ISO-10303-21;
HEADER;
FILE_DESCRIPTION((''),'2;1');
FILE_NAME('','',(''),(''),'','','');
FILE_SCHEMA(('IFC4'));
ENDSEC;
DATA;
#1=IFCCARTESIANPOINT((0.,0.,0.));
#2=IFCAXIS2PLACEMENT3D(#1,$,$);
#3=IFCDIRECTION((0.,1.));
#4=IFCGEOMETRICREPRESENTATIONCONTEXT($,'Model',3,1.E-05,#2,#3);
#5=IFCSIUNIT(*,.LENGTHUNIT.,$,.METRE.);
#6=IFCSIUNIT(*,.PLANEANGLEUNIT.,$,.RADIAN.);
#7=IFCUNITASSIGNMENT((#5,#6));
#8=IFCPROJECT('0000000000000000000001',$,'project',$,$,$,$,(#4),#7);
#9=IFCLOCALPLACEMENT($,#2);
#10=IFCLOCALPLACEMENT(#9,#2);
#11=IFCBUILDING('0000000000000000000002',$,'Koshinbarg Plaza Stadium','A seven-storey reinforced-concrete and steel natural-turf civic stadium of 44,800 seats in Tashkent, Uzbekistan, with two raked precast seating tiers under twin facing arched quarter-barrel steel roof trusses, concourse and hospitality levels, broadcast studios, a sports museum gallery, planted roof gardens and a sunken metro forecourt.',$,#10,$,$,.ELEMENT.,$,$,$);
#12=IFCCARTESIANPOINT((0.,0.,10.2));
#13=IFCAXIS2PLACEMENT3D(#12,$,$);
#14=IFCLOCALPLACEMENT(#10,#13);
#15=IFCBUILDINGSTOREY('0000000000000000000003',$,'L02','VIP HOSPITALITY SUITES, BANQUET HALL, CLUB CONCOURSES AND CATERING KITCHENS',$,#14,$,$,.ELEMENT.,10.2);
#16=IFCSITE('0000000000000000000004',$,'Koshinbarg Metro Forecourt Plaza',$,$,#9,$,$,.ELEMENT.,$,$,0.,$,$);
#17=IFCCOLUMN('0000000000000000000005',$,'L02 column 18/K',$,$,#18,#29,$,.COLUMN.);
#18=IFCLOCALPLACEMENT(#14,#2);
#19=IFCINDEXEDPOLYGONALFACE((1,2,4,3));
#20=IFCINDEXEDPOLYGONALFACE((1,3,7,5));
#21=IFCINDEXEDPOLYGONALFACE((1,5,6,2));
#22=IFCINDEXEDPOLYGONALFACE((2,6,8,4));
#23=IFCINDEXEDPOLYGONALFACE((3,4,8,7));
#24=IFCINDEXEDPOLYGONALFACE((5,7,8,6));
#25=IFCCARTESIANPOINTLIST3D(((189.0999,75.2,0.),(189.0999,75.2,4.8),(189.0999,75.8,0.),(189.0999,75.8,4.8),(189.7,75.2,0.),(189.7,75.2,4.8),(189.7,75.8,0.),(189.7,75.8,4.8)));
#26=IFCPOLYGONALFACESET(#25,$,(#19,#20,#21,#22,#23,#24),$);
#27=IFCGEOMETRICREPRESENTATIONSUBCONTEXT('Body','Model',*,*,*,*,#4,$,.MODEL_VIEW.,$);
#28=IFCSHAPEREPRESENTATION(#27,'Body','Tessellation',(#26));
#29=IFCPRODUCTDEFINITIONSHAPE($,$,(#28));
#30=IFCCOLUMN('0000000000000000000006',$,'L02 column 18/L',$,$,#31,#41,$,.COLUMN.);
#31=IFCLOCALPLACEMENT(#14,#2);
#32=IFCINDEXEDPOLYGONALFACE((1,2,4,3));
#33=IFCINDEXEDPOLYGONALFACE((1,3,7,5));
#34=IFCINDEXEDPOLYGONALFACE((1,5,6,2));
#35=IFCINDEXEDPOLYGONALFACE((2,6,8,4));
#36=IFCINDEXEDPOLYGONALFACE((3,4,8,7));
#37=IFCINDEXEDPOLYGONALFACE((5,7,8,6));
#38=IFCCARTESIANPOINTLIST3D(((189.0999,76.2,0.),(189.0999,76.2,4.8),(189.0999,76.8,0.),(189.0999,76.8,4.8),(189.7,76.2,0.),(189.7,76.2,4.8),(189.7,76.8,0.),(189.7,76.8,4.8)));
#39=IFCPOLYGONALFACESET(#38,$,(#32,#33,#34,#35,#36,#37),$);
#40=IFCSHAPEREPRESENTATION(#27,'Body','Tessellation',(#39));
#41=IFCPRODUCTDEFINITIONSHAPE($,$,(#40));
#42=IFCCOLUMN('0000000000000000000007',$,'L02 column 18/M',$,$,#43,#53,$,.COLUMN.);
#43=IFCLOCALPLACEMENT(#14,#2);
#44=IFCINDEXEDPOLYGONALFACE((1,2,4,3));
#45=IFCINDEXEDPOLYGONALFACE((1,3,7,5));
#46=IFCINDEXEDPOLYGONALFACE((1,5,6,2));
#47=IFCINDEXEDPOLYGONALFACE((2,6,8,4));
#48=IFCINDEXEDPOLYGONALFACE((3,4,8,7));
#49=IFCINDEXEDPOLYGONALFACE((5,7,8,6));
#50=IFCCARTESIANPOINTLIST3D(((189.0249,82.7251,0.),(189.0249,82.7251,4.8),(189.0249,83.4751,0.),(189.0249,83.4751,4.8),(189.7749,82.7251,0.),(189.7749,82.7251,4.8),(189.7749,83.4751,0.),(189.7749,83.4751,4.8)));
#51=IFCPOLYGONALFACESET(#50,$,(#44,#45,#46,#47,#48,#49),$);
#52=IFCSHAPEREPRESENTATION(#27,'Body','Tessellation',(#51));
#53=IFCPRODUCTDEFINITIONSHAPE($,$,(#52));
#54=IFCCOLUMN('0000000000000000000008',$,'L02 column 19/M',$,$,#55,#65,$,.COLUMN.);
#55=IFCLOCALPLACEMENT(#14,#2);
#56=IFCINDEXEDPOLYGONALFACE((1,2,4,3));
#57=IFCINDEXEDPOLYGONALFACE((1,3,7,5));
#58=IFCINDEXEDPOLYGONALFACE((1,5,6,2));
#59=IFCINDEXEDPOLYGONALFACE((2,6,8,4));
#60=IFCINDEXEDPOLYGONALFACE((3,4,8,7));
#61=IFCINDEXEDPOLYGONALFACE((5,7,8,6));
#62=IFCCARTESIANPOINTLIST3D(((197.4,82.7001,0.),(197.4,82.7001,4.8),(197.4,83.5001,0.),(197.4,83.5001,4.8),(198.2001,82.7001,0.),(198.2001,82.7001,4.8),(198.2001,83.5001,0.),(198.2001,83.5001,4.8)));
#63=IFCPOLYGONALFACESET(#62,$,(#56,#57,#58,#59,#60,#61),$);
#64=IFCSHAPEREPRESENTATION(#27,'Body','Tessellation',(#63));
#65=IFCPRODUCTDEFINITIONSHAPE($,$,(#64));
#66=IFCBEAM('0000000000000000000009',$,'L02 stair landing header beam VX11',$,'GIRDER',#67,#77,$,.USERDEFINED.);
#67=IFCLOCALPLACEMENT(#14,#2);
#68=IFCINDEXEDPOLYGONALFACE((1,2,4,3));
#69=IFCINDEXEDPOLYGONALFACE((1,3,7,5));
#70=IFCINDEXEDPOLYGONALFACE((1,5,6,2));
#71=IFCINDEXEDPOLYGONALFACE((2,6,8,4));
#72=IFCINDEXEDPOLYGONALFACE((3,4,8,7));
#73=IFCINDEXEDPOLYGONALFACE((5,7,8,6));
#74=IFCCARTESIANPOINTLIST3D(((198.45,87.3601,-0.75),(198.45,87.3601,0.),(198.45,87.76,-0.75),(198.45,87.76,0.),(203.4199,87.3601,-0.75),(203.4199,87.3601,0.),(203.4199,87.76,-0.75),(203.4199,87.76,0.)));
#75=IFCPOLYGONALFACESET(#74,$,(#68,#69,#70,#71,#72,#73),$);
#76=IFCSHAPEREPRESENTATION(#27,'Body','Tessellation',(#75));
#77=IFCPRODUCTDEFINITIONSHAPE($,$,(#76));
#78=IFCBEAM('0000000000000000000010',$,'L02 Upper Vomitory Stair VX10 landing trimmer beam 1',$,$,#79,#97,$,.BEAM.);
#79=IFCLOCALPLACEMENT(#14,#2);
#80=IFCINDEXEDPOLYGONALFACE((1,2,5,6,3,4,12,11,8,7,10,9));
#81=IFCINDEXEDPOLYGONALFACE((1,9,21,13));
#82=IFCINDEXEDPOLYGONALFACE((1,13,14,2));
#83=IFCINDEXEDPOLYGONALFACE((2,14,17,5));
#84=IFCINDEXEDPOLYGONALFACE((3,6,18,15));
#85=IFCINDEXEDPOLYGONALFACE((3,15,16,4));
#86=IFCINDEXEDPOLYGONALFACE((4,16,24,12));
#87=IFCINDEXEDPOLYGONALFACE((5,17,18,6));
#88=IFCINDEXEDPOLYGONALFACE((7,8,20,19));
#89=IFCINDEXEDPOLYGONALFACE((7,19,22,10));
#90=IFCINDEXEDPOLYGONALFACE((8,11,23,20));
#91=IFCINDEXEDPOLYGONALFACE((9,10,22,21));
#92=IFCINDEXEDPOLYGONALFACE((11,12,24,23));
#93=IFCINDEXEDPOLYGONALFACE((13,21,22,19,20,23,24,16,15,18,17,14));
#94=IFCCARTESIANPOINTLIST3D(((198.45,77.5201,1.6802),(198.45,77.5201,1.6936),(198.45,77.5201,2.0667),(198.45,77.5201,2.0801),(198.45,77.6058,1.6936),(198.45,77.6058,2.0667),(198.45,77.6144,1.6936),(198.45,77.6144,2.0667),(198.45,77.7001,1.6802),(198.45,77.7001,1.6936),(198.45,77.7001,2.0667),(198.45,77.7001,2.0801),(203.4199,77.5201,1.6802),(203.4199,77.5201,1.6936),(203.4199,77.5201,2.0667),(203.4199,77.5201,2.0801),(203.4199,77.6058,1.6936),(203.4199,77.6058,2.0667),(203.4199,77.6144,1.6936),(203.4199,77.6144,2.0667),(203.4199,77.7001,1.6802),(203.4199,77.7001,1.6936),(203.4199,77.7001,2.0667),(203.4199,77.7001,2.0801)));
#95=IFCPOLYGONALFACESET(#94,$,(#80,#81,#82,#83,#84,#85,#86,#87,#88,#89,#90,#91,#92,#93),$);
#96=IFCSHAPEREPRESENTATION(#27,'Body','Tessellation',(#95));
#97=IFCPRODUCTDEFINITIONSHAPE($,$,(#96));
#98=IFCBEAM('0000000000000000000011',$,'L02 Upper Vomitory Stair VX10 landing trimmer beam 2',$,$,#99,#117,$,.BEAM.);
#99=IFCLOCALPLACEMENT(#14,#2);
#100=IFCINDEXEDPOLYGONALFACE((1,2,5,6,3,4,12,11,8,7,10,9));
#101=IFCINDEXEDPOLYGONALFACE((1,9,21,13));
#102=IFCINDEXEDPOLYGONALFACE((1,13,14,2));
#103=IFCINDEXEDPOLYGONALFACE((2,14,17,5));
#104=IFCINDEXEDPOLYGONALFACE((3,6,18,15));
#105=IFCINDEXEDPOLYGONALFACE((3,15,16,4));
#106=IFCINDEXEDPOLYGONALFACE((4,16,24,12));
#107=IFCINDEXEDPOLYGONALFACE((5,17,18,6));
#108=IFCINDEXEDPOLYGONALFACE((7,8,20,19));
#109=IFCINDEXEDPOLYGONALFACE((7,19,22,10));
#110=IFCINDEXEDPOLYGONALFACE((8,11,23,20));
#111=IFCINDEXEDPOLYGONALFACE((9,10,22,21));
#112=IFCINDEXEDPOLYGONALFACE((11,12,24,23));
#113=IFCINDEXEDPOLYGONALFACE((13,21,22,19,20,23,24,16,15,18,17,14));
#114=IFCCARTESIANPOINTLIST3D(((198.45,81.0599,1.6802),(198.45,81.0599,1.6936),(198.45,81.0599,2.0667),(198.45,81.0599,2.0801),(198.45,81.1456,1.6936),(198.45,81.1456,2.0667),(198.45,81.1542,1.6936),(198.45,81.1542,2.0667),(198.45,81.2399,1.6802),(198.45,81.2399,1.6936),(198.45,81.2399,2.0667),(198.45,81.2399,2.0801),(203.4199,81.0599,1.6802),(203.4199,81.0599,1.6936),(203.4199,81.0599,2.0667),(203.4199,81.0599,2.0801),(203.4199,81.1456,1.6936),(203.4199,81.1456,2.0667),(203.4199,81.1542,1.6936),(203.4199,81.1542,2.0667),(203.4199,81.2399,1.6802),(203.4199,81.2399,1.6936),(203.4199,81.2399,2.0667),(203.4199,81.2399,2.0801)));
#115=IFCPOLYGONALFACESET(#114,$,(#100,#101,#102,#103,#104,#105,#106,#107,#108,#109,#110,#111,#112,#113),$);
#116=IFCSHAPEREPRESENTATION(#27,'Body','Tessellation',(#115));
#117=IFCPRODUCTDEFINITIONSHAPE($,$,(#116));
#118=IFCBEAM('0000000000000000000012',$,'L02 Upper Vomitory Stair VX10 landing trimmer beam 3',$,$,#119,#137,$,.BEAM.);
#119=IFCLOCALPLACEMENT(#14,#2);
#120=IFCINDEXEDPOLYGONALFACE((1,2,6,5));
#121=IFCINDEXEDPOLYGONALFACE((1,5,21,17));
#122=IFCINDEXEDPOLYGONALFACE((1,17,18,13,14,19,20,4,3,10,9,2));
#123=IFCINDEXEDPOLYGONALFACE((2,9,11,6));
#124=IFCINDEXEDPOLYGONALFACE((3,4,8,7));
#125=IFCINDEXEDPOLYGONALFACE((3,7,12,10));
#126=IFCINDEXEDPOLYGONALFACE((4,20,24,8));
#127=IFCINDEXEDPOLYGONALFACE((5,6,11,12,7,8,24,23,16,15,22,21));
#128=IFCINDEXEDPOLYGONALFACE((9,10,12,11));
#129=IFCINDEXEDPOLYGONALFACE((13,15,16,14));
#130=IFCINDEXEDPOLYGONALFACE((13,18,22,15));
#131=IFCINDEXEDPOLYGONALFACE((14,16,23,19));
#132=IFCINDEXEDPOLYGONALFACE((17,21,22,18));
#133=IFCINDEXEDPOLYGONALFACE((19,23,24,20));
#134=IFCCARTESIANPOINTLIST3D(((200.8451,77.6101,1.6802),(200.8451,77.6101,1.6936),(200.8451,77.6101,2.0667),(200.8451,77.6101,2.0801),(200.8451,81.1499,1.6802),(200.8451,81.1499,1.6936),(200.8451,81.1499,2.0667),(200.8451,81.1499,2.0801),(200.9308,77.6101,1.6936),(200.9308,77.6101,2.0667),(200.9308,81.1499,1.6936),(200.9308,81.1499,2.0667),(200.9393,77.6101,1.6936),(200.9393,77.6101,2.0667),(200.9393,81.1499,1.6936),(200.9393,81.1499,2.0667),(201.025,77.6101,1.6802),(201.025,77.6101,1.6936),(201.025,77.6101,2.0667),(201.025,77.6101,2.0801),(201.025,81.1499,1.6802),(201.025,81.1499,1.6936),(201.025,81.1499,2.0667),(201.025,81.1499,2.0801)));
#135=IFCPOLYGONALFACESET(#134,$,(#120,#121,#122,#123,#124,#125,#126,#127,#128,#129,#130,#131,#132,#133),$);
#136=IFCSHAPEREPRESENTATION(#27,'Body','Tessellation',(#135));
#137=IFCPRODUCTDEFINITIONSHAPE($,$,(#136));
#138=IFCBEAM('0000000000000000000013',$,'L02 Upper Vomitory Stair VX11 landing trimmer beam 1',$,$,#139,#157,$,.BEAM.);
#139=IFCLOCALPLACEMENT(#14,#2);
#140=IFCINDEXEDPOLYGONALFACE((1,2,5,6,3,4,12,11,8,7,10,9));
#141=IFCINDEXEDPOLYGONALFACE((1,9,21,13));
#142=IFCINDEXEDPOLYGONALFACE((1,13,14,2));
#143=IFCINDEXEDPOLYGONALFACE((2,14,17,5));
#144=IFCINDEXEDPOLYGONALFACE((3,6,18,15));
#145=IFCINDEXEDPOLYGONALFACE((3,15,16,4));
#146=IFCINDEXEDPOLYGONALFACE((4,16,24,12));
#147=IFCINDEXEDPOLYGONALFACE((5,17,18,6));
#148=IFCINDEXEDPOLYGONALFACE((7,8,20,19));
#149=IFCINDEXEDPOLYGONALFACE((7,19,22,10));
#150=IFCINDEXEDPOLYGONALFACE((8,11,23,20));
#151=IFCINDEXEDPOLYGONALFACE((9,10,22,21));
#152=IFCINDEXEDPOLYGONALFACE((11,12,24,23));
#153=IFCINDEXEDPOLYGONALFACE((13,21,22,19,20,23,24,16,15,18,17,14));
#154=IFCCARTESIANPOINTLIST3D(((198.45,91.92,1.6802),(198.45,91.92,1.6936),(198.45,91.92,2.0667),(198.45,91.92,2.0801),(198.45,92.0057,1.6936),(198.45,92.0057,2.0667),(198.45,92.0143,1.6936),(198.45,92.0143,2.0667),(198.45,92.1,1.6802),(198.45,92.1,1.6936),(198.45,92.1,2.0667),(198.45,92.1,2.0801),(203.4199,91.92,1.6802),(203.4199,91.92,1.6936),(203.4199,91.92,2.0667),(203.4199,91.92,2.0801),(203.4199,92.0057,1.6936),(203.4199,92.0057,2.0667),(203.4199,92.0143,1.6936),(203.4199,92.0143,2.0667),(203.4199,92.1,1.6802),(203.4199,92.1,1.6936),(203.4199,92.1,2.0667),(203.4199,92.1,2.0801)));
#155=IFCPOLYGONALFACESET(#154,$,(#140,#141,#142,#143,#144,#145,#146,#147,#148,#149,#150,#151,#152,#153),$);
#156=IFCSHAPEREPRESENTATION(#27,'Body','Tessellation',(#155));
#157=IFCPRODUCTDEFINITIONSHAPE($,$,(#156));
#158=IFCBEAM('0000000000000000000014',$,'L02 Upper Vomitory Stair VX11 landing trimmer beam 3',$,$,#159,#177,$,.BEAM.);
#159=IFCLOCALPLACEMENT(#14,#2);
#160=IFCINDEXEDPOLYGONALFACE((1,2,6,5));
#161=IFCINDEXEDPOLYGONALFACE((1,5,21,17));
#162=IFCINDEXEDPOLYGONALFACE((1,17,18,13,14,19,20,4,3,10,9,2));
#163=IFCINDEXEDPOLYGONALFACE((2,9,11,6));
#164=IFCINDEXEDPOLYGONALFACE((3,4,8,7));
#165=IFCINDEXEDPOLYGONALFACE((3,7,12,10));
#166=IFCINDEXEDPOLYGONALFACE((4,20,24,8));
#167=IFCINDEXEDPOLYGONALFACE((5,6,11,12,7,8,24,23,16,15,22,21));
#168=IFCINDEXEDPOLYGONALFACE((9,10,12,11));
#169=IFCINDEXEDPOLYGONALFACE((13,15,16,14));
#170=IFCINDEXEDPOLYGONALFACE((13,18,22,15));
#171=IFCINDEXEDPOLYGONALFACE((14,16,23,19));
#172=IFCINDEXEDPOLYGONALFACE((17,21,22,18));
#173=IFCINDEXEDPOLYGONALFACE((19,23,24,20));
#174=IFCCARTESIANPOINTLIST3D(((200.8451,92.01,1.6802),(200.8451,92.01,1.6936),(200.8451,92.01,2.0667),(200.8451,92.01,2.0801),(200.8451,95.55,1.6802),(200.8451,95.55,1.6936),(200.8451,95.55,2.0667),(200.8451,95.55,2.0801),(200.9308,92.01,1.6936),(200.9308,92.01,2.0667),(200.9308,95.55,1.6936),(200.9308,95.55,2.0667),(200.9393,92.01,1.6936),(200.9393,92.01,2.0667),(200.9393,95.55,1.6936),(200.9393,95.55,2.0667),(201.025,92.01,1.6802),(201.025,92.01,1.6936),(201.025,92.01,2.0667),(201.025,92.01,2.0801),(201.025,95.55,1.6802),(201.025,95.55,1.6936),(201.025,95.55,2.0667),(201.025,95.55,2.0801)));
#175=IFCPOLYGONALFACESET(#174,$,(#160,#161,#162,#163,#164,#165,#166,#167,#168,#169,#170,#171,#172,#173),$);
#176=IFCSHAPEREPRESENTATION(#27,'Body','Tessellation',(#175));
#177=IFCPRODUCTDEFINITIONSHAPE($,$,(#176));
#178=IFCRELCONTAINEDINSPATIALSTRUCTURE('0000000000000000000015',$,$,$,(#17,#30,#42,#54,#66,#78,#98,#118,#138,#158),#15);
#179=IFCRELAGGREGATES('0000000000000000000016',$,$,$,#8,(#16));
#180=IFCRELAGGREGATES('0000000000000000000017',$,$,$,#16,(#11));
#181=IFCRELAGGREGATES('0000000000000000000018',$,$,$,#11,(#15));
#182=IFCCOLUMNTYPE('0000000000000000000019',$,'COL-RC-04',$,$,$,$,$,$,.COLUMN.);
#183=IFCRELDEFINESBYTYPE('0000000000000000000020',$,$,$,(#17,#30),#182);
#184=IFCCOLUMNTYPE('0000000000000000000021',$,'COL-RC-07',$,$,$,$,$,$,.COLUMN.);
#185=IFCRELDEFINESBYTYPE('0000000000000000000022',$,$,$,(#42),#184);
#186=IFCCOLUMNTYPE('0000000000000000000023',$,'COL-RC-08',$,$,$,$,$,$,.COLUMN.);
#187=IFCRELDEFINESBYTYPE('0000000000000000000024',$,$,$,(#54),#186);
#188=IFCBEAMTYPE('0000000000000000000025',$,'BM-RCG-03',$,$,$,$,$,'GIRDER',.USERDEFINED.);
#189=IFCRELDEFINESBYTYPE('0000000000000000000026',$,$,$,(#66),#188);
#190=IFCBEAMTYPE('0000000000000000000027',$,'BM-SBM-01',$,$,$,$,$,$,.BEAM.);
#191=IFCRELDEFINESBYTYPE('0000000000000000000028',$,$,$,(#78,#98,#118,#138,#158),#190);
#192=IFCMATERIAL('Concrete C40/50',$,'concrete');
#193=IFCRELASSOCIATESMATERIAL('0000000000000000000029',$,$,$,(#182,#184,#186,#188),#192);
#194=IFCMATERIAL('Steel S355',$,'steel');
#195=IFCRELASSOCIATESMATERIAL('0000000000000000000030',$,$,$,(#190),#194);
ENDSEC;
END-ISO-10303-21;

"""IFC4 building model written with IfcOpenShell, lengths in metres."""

from ifc_helpers import new_model, si_unit, direction, frame, origin, origin_2d, place, context, subcontext, project, spatial, rectangle, i_section, extrude, material, material_profile, profile_set, type_object, element, save


model = new_model("IFC4")

# Units and contexts
model_context = context("Model", 3, precision=1e-05, world=origin(), true_north=direction((0.0, 1.0)))
body_context = subcontext(model_context, "Body", "Model", "MODEL_VIEW")
ifc_project = project(units=[si_unit("LENGTHUNIT", "METRE"), si_unit("PLANEANGLEUNIT", "RADIAN")], contexts=[model_context])

# Site, building, storey
site_placement = place(None, origin())
site = spatial("IfcSite", under=ifc_project, at=site_placement, Name="Koshinbarg Metro Forecourt Plaza", CompositionType="ELEMENT", RefElevation=0.0)
building_placement = place(site_placement, origin())
building = spatial("IfcBuilding", under=site, at=building_placement, Name="Koshinbarg Plaza Stadium", Description="A seven-storey reinforced-concrete and steel natural-turf civic stadium of 44,800 seats in Tashkent, Uzbekistan, with two raked precast seating tiers under twin facing arched quarter-barrel steel roof trusses, concourse and hospitality levels, broadcast studios, a sports museum gallery, planted roof gardens and a sunken metro forecourt.", CompositionType="ELEMENT")
storey_placement = place(building_placement, frame((0.0, 0.0, 10.2)))
storey = spatial("IfcBuildingStorey", under=building, at=storey_placement, Name="L02", Description="VIP HOSPITALITY SUITES, BANQUET HALL, CLUB CONCOURSES AND CATERING KITCHENS", CompositionType="ELEMENT", Elevation=10.2)

# Columns
ifc_material_1 = material(Name="Concrete C40/50", Category="concrete")
ifc_material_profile_1 = material_profile(ifc_material_1, rectangle(XDim=0.6001, YDim=0.6001, at=origin_2d()), Name="RC 600x600")
ifc_profile_set_1 = profile_set([ifc_material_profile_1], Name="Concrete C40/50")
column_type_1 = type_object("IfcColumnType", Name="COL-RC-04", PredefinedType="COLUMN", material=ifc_profile_set_1)
for number, where, z_axis, x_axis, name in (
    (1, (189.3999, 75.5, 0.0), (0.0, 0.0, 1.0), (1.0, 0.0, 0.0), "L02 column 18/K"),
    (2, (189.3999, 76.5, 0.0), (0.0, 0.0, 1.0), (1.0, 0.0, 0.0), "L02 column 18/L"),
):
    element("IfcColumn", number, at=place(storey_placement, frame(where, z_axis=z_axis, x_axis=x_axis)), inside=storey, type_object=column_type_1, Name=name, PredefinedType="COLUMN", context=body_context, shape_type="SweptSolid", body=[
        extrude(rectangle(XDim=0.6001, YDim=0.6001, at=origin_2d()), origin(), (0.0, 0.0, 1.0), 4.8),
    ])
ifc_material_profile_2 = material_profile(ifc_material_1, rectangle(XDim=0.75, YDim=0.75, at=origin_2d()), Name="RC 750x750")
ifc_profile_set_2 = profile_set([ifc_material_profile_2], Name="Concrete C40/50")
column_type_2 = type_object("IfcColumnType", Name="COL-RC-07", PredefinedType="COLUMN", material=ifc_profile_set_2)
column_1_placement = place(storey_placement, frame((189.3999, 83.1001, 0.0), z_axis=(0.0, 0.0, 1.0), x_axis=(1.0, 0.0, 0.0)))
element("IfcColumn", 3, at=column_1_placement, inside=storey, type_object=column_type_2, Name="L02 column 18/M", PredefinedType="COLUMN", context=body_context, shape_type="SweptSolid", body=[
    extrude(rectangle(XDim=0.75, YDim=0.75, at=origin_2d()), origin(), (0.0, 0.0, 1.0), 4.8),
])
ifc_material_profile_3 = material_profile(ifc_material_1, rectangle(XDim=0.8, YDim=0.8, at=origin_2d()), Name="RC 800x800")
ifc_profile_set_3 = profile_set([ifc_material_profile_3], Name="Concrete C40/50")
column_type_3 = type_object("IfcColumnType", Name="COL-RC-08", PredefinedType="COLUMN", material=ifc_profile_set_3)
column_2_placement = place(storey_placement, frame((197.8, 83.1001, 0.0), z_axis=(0.0, 0.0, 1.0), x_axis=(1.0, 0.0, 0.0)))
element("IfcColumn", 4, at=column_2_placement, inside=storey, type_object=column_type_3, Name="L02 column 19/M", PredefinedType="COLUMN", context=body_context, shape_type="SweptSolid", body=[
    extrude(rectangle(XDim=0.8, YDim=0.8, at=origin_2d()), origin(), (0.0, 0.0, 1.0), 4.8),
])

# Beams
ifc_material_profile_4 = material_profile(ifc_material_1, rectangle(XDim=0.3999, YDim=0.75, at=origin_2d()), Name="RC 400x750")
ifc_profile_set_4 = profile_set([ifc_material_profile_4], Name="Concrete C40/50")
beam_type_1 = type_object("IfcBeamType", Name="BM-RCG-03", ElementType="GIRDER", PredefinedType="USERDEFINED", material=ifc_profile_set_4)
beam_1_placement = place(storey_placement, frame((198.45, 87.5601, -0.375), z_axis=(1.0, 0.0, 0.0), x_axis=(0.0, 1.0, 0.0)))
element("IfcBeam", 5, at=beam_1_placement, inside=storey, type_object=beam_type_1, Name="L02 stair landing header beam VX11", ObjectType="GIRDER", PredefinedType="USERDEFINED", context=body_context, shape_type="SweptSolid", body=[
    extrude(rectangle(XDim=0.3999, YDim=0.75, at=origin_2d()), origin(), (0.0, 0.0, 1.0), 4.97),
])
ifc_material_2 = material(Name="Steel S355", Category="steel")
ifc_material_profile_5 = material_profile(ifc_material_2, i_section(OverallWidth=0.1799, OverallDepth=0.3999, WebThickness=0.0085, FlangeThickness=0.0134, at=origin_2d()), Name="IPE 400")
ifc_profile_set_5 = profile_set([ifc_material_profile_5], Name="Steel S355")
beam_type_2 = type_object("IfcBeamType", Name="BM-SBM-01", PredefinedType="BEAM", material=ifc_profile_set_5)
for number, where, z_axis, x_axis, name in (
    (6, (198.45, 77.6101, 1.8801), (1.0, 0.0, 0.0), (0.0, 1.0, 0.0), "L02 Upper Vomitory Stair VX10 landing trimmer beam 1"),
    (7, (198.45, 81.1499, 1.8801), (1.0, 0.0, 0.0), (0.0, 1.0, 0.0), "L02 Upper Vomitory Stair VX10 landing trimmer beam 2"),
):
    element("IfcBeam", number, at=place(storey_placement, frame(where, z_axis=z_axis, x_axis=x_axis)), inside=storey, type_object=beam_type_2, Name=name, PredefinedType="BEAM", context=body_context, shape_type="SweptSolid", body=[
        extrude(i_section(OverallWidth=0.1799, OverallDepth=0.3999, WebThickness=0.0085, FlangeThickness=0.0134, at=origin_2d()), origin(), (0.0, 0.0, 1.0), 4.97),
    ])
beam_2_placement = place(storey_placement, frame((200.9351, 77.6101, 1.8801), z_axis=(0.0, 1.0, 0.0), x_axis=(-1.0, 0.0, 0.0)))
element("IfcBeam", 8, at=beam_2_placement, inside=storey, type_object=beam_type_2, Name="L02 Upper Vomitory Stair VX10 landing trimmer beam 3", PredefinedType="BEAM", context=body_context, shape_type="SweptSolid", body=[
    extrude(i_section(OverallWidth=0.1799, OverallDepth=0.3999, WebThickness=0.0085, FlangeThickness=0.0134, at=origin_2d()), origin(), (0.0, 0.0, 1.0), 3.5398),
])
beam_3_placement = place(storey_placement, frame((198.45, 92.01, 1.8801), z_axis=(1.0, 0.0, 0.0), x_axis=(0.0, 1.0, 0.0)))
element("IfcBeam", 9, at=beam_3_placement, inside=storey, type_object=beam_type_2, Name="L02 Upper Vomitory Stair VX11 landing trimmer beam 1", PredefinedType="BEAM", context=body_context, shape_type="SweptSolid", body=[
    extrude(i_section(OverallWidth=0.1799, OverallDepth=0.3999, WebThickness=0.0085, FlangeThickness=0.0134, at=origin_2d()), origin(), (0.0, 0.0, 1.0), 4.97),
])
beam_4_placement = place(storey_placement, frame((200.9351, 92.01, 1.8801), z_axis=(0.0, 1.0, 0.0), x_axis=(-1.0, 0.0, 0.0)))
element("IfcBeam", 10, at=beam_4_placement, inside=storey, type_object=beam_type_2, Name="L02 Upper Vomitory Stair VX11 landing trimmer beam 3", PredefinedType="BEAM", context=body_context, shape_type="SweptSolid", body=[
    extrude(i_section(OverallWidth=0.1799, OverallDepth=0.3999, WebThickness=0.0085, FlangeThickness=0.0134, at=origin_2d()), origin(), (0.0, 0.0, 1.0), 3.54),
])

save(model, "model.ifc")
